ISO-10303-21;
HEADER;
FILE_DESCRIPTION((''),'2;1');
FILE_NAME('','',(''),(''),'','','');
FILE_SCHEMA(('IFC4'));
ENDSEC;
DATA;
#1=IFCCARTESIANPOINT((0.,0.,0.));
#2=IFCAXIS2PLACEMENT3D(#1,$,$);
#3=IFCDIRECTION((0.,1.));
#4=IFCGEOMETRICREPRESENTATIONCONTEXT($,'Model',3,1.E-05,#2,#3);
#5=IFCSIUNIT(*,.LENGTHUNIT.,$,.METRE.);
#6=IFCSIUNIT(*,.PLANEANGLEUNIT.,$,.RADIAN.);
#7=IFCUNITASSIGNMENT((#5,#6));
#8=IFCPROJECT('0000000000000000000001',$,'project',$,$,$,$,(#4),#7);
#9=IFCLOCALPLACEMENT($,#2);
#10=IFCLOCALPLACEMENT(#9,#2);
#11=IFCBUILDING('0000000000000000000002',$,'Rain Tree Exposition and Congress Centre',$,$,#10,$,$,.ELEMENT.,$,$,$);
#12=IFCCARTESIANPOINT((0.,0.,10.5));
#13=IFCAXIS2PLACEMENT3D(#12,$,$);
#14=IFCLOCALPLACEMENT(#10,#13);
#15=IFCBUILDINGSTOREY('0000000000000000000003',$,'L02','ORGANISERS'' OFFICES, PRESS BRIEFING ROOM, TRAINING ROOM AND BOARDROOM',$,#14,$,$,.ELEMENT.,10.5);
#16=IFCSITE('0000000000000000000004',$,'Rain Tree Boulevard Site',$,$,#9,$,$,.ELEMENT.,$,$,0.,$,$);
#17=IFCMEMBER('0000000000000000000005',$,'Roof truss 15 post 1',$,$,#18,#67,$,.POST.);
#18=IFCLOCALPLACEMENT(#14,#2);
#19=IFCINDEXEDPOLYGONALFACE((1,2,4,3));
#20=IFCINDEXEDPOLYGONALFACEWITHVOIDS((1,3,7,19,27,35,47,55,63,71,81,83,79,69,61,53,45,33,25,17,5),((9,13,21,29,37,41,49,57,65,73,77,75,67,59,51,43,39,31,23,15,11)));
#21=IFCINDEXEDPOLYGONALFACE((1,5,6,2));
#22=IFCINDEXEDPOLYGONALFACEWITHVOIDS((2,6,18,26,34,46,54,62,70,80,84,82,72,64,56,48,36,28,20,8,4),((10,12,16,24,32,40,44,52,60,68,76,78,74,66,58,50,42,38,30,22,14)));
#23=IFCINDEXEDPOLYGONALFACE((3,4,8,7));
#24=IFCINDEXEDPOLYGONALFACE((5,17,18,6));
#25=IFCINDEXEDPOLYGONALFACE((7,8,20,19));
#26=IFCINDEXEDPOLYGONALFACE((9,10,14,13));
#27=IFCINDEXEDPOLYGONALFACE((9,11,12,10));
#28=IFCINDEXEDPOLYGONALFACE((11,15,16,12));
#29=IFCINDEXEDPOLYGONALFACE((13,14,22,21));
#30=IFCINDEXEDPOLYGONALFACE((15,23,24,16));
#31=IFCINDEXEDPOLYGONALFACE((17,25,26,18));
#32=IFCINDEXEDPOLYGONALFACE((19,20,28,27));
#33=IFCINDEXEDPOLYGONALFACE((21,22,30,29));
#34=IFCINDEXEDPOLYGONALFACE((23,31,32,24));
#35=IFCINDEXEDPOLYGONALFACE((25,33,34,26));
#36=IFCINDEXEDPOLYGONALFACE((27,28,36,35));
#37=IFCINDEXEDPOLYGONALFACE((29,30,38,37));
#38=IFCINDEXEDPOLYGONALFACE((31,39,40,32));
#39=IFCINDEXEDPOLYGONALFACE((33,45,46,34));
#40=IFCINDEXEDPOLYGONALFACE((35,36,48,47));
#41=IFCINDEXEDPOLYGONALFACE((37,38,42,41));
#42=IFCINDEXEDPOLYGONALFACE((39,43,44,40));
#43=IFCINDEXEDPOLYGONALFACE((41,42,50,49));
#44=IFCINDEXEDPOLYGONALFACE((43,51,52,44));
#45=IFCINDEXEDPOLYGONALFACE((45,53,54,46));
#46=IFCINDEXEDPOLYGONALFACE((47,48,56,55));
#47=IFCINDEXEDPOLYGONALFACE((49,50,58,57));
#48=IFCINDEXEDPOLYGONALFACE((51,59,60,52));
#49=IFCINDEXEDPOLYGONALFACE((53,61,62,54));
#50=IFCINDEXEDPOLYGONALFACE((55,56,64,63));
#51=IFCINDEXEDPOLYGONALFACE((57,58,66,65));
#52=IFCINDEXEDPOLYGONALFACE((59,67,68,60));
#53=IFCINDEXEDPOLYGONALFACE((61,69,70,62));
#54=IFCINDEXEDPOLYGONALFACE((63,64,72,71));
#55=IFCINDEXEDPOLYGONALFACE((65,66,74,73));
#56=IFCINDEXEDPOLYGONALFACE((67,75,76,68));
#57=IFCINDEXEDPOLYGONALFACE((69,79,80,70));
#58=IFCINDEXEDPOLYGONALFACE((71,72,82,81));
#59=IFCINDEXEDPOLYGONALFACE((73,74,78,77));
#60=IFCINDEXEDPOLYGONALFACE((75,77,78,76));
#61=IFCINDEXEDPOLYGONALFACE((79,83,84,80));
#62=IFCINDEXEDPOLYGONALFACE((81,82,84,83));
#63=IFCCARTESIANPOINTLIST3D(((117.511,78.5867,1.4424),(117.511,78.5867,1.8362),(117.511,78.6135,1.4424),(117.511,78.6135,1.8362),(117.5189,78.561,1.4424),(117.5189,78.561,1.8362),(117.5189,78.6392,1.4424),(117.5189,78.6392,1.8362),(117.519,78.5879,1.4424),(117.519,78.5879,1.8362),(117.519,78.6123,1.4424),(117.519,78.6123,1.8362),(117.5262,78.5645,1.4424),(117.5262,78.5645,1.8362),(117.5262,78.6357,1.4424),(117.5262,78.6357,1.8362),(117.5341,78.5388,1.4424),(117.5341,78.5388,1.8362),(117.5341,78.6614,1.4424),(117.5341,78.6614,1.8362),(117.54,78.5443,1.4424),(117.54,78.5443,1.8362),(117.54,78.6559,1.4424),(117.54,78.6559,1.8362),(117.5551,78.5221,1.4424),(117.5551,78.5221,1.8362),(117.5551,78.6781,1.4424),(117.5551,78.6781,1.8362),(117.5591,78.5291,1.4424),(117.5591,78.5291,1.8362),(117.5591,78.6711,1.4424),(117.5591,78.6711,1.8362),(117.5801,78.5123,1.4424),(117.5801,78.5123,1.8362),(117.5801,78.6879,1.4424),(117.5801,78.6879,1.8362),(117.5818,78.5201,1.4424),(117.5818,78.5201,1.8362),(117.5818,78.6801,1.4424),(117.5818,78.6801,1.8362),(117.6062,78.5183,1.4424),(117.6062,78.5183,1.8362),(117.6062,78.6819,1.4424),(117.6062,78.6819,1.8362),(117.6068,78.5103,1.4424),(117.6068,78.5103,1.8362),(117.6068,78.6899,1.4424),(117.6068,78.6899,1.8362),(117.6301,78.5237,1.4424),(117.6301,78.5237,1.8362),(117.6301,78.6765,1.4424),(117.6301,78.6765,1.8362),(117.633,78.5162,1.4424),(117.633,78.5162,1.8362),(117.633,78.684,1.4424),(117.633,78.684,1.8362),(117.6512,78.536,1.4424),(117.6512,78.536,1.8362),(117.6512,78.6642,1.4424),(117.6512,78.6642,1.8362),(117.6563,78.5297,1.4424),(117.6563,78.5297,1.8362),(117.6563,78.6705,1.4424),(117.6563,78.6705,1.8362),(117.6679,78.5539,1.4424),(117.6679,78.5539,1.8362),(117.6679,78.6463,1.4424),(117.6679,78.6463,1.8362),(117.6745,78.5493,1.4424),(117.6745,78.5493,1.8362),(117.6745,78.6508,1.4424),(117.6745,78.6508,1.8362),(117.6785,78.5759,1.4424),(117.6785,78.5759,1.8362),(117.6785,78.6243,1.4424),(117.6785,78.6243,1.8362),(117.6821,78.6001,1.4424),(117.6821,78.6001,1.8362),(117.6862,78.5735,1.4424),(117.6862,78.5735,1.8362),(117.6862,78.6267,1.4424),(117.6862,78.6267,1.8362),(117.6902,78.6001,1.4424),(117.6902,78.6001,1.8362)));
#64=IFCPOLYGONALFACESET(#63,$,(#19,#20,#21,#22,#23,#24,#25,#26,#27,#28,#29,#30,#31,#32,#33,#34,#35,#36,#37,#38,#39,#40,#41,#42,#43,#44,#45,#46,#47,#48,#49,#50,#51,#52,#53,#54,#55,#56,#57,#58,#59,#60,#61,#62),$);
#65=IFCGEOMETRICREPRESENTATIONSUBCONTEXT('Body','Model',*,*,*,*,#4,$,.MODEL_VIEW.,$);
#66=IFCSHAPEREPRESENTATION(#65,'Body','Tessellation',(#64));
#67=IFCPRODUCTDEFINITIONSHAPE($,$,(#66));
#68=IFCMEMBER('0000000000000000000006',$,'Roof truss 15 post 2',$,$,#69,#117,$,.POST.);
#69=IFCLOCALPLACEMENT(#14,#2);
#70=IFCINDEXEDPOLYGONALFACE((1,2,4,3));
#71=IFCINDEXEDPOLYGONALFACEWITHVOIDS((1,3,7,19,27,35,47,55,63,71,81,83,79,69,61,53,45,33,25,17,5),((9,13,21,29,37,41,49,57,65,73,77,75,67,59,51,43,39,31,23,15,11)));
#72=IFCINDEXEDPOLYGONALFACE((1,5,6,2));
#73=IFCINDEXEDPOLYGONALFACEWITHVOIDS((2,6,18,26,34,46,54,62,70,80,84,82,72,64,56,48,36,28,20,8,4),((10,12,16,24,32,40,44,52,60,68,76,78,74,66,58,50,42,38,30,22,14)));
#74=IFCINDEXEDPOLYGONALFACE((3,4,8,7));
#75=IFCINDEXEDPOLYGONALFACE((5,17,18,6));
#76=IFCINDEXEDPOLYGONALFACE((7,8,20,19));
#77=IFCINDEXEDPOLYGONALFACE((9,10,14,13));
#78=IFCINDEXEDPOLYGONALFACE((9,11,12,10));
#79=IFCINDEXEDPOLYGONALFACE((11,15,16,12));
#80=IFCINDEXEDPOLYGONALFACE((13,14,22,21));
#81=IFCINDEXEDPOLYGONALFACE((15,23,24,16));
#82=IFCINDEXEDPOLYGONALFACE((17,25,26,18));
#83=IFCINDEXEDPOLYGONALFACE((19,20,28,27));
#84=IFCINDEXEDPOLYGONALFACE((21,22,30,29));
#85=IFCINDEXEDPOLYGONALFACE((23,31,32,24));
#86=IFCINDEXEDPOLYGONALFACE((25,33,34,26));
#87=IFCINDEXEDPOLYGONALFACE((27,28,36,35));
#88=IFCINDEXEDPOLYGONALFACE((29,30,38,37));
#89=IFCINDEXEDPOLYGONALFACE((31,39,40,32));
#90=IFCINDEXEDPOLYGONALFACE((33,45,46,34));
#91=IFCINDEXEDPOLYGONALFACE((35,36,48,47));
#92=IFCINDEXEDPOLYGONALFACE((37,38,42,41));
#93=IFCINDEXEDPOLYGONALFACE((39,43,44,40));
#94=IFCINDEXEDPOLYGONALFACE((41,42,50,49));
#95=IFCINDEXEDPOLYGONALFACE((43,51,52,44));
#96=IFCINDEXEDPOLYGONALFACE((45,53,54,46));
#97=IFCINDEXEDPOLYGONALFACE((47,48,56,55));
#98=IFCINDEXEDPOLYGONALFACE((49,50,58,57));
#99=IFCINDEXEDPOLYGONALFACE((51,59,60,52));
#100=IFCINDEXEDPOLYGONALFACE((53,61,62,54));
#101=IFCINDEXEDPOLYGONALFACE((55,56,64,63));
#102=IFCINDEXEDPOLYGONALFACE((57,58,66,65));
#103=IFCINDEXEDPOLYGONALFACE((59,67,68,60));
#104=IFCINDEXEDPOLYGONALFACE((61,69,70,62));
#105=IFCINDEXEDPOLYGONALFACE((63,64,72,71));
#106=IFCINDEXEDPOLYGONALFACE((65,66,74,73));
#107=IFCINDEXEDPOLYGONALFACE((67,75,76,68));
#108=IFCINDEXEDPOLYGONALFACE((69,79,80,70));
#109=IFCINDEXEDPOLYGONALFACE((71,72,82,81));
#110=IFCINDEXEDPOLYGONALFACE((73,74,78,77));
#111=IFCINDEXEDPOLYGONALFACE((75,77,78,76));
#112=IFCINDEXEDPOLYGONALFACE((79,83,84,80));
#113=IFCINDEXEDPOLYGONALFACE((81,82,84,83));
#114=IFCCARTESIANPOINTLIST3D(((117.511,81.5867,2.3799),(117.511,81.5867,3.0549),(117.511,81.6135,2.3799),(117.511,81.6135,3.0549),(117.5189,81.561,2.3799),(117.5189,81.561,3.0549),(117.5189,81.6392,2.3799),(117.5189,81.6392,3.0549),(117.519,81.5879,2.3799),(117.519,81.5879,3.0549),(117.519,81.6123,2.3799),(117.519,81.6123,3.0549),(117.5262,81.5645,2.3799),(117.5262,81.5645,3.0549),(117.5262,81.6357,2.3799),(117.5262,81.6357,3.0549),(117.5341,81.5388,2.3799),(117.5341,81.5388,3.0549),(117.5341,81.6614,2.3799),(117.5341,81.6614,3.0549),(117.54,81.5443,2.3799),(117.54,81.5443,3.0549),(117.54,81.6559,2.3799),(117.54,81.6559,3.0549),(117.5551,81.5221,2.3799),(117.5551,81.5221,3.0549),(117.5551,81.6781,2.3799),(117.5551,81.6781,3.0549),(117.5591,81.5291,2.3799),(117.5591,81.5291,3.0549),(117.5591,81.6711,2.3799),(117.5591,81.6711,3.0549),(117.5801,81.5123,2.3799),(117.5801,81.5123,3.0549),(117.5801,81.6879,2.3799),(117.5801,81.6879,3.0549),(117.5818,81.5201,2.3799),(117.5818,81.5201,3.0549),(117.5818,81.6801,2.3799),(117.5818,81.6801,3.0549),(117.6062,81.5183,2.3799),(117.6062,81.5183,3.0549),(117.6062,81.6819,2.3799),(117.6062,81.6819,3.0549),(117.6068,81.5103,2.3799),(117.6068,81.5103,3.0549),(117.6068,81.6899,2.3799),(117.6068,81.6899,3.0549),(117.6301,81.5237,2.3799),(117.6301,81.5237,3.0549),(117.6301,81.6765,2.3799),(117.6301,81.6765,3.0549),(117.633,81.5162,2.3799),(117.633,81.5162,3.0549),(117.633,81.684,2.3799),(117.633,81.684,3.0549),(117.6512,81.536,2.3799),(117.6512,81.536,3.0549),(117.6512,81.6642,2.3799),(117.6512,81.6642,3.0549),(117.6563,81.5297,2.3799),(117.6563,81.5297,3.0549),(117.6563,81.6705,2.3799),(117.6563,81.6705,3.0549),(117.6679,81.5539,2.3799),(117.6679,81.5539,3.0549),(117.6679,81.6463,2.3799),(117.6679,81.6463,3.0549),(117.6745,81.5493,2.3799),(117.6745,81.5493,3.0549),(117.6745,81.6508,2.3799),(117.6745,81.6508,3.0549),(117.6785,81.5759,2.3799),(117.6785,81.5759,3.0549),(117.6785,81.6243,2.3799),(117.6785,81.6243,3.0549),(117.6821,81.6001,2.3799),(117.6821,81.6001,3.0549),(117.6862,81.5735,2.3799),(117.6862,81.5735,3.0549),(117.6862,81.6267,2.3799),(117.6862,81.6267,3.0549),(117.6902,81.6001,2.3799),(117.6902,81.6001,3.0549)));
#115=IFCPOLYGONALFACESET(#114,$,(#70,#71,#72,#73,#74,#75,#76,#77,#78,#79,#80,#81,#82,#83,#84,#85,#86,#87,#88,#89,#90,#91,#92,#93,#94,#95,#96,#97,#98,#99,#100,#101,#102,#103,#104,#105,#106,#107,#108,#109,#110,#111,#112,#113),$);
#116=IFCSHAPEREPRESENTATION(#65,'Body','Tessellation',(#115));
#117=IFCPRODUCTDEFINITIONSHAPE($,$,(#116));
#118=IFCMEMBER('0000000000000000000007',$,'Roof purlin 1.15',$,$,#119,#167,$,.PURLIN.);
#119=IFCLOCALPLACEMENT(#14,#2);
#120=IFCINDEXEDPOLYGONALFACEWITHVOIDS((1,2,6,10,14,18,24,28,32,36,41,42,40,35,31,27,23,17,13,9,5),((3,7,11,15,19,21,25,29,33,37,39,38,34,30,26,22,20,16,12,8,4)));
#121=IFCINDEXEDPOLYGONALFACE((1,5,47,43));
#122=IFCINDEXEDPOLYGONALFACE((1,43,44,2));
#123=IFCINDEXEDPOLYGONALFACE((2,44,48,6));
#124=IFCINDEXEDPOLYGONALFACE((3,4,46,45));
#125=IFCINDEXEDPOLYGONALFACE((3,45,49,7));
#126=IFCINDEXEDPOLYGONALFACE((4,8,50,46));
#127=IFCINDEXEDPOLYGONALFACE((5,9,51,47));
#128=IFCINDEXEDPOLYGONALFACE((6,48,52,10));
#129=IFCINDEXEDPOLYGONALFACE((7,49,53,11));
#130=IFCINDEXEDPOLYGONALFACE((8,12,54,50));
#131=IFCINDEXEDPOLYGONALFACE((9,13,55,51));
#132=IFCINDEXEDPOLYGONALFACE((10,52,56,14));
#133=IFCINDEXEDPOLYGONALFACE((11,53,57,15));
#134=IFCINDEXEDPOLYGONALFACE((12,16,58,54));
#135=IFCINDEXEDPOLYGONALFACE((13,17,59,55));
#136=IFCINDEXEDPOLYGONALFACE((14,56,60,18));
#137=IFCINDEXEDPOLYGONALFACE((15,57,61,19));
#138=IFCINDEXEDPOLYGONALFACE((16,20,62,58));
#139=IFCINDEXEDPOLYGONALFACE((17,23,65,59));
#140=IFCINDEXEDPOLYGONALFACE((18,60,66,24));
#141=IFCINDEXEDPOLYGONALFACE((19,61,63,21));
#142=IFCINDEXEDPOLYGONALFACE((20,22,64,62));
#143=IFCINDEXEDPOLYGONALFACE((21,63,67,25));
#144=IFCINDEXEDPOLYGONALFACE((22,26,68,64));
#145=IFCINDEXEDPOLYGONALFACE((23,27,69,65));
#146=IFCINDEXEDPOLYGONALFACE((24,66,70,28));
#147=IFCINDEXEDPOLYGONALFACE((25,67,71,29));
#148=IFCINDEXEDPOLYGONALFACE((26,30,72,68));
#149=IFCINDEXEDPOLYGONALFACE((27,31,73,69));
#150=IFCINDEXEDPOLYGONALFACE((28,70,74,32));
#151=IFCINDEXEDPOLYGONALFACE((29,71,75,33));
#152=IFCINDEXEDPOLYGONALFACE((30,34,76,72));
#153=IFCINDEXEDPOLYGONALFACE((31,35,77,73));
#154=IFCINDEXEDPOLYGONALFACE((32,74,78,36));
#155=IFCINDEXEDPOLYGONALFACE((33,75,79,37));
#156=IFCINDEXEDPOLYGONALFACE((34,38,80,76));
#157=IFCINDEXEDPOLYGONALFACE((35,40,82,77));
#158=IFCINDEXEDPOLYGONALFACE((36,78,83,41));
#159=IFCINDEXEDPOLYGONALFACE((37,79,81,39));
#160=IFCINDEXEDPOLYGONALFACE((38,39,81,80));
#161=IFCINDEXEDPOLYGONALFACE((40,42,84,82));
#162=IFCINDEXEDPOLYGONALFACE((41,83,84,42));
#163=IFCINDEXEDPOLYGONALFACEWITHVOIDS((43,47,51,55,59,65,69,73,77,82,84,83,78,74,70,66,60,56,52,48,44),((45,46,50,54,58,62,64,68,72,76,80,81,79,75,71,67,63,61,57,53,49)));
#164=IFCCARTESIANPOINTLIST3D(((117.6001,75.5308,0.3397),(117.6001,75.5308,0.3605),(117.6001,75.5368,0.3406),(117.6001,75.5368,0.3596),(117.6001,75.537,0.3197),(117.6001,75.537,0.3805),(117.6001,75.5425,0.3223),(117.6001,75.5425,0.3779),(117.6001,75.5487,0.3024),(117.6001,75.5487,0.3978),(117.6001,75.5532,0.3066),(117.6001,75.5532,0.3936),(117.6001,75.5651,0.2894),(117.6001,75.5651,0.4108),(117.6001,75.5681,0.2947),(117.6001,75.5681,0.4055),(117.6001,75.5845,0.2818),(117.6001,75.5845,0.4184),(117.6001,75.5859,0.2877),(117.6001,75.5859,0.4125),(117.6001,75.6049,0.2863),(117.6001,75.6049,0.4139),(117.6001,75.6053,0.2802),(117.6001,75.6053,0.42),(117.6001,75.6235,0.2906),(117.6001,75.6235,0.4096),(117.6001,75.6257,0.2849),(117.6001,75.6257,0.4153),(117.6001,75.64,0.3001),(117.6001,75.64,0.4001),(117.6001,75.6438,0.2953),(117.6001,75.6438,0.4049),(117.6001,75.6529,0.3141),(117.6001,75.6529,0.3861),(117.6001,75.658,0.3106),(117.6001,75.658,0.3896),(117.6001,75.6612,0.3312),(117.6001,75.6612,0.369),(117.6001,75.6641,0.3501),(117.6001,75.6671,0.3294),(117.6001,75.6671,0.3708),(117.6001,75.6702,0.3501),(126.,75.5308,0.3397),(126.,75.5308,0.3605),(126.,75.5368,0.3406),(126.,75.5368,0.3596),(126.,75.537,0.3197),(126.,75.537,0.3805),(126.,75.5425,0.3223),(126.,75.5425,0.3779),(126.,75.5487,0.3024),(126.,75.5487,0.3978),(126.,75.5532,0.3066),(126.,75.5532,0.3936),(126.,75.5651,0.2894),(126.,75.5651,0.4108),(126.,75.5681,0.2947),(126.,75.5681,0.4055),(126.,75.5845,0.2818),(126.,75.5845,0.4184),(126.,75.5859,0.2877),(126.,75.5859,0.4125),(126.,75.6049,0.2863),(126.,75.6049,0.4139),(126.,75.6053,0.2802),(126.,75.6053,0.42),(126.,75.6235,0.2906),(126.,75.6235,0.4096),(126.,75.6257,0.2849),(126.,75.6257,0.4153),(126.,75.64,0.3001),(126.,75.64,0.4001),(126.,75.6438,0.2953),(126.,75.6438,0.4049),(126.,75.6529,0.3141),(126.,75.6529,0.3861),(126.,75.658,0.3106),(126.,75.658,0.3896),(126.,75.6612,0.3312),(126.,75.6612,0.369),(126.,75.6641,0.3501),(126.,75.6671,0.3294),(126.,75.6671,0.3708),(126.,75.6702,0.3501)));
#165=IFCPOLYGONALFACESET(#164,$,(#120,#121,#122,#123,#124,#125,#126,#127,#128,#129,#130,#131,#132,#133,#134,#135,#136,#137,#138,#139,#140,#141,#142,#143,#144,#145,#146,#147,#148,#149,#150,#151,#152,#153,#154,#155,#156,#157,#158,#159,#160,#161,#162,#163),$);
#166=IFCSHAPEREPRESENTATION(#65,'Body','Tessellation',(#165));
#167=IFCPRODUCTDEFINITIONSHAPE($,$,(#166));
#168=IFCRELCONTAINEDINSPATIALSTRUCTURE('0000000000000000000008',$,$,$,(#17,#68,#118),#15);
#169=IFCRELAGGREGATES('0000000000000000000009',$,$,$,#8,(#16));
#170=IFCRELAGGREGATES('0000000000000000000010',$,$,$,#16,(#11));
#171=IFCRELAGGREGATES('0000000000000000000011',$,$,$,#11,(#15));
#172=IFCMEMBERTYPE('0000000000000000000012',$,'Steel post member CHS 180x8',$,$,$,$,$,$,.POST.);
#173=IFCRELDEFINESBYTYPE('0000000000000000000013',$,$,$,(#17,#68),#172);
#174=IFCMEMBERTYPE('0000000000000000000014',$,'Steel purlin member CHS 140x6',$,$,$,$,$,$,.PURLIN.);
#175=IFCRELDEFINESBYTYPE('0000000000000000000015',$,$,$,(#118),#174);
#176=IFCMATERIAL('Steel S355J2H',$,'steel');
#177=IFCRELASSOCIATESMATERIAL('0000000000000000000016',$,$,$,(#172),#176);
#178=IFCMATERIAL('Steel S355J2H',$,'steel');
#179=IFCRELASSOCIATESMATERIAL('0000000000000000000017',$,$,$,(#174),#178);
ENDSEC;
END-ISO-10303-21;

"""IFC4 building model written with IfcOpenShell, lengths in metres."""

from ifc_helpers import new_model, si_unit, direction, frame, origin, origin_2d, place, context, subcontext, project, spatial, hollow_circle, extrude, material, material_profile, profile_set, type_object, element, save


model = new_model("IFC4")

# Units and contexts
model_context = context("Model", 3, precision=1e-05, world=origin(), true_north=direction((0.0, 1.0)))
body_context = subcontext(model_context, "Body", "Model", "MODEL_VIEW")
ifc_project = project(units=[si_unit("LENGTHUNIT", "METRE"), si_unit("PLANEANGLEUNIT", "RADIAN")], contexts=[model_context])

# Site, building, storey
site_placement = place(None, origin())
site = spatial("IfcSite", under=ifc_project, at=site_placement, Name="Rain Tree Boulevard Site", CompositionType="ELEMENT", RefElevation=0.0)
building_placement = place(site_placement, origin())
building = spatial("IfcBuilding", under=site, at=building_placement, Name="Rain Tree Exposition and Congress Centre", CompositionType="ELEMENT")
storey_placement = place(building_placement, frame((0.0, 0.0, 10.5)))
storey = spatial("IfcBuildingStorey", under=building, at=storey_placement, Name="L02", Description="ORGANISERS' OFFICES, PRESS BRIEFING ROOM, TRAINING ROOM AND BOARDROOM", CompositionType="ELEMENT", Elevation=10.5)

# Members
ifc_material_1 = material(Name="Steel S355J2H", Category="steel")
ifc_material_profile_1 = material_profile(ifc_material_1, hollow_circle(Radius=0.0901, WallThickness=0.0081, at=origin_2d()), Name="CHS 180x8")
ifc_profile_set_1 = profile_set([ifc_material_profile_1], Name="Steel S355J2H")
member_type_1 = type_object("IfcMemberType", Name="Steel post member CHS 180x8", PredefinedType="POST", material=ifc_profile_set_1)
member_1_placement = place(storey_placement, frame((117.6001, 78.6001, 1.4424), z_axis=(0.0, 0.0, 1.0), x_axis=(1.0, 0.0, 0.0)))
element("IfcMember", 1, at=member_1_placement, inside=storey, type_object=member_type_1, Name="Roof truss 15 post 1", PredefinedType="POST", context=body_context, shape_type="SweptSolid", body=[
    extrude(hollow_circle(Radius=0.0901, WallThickness=0.0081, at=origin_2d()), origin(), (0.0, 0.0, 1.0), 0.3938),
])
member_2_placement = place(storey_placement, frame((117.6001, 81.6001, 2.3799), z_axis=(0.0, 0.0, 1.0), x_axis=(1.0, 0.0, 0.0)))
element("IfcMember", 2, at=member_2_placement, inside=storey, type_object=member_type_1, Name="Roof truss 15 post 2", PredefinedType="POST", context=body_context, shape_type="SweptSolid", body=[
    extrude(hollow_circle(Radius=0.0901, WallThickness=0.0081, at=origin_2d()), origin(), (0.0, 0.0, 1.0), 0.675),
])
ifc_material_2 = material(Name="Steel S355J2H", Category="steel")
ifc_material_profile_2 = material_profile(ifc_material_2, hollow_circle(Radius=0.0701, WallThickness=0.0061, at=origin_2d()), Name="CHS 140x6")
ifc_profile_set_2 = profile_set([ifc_material_profile_2], Name="Steel S355J2H")
member_type_2 = type_object("IfcMemberType", Name="Steel purlin member CHS 140x6", PredefinedType="PURLIN", material=ifc_profile_set_2)
for number, where, z_axis, x_axis, name in (
    (3, (117.6001, 75.6001, 0.3501), (1.0, 0.0, 0.0), (0.0, 1.0, 0.0), "Roof purlin 1.15"),
):
    element("IfcMember", number, at=place(storey_placement, frame(where, z_axis=z_axis, x_axis=x_axis)), inside=storey, type_object=member_type_2, Name=name, PredefinedType="PURLIN", context=body_context, shape_type="SweptSolid", body=[
        extrude(hollow_circle(Radius=0.0701, WallThickness=0.0061, at=origin_2d()), origin(), (0.0, 0.0, 1.0), 8.3999),
    ])

save(model, "model.ifc")
